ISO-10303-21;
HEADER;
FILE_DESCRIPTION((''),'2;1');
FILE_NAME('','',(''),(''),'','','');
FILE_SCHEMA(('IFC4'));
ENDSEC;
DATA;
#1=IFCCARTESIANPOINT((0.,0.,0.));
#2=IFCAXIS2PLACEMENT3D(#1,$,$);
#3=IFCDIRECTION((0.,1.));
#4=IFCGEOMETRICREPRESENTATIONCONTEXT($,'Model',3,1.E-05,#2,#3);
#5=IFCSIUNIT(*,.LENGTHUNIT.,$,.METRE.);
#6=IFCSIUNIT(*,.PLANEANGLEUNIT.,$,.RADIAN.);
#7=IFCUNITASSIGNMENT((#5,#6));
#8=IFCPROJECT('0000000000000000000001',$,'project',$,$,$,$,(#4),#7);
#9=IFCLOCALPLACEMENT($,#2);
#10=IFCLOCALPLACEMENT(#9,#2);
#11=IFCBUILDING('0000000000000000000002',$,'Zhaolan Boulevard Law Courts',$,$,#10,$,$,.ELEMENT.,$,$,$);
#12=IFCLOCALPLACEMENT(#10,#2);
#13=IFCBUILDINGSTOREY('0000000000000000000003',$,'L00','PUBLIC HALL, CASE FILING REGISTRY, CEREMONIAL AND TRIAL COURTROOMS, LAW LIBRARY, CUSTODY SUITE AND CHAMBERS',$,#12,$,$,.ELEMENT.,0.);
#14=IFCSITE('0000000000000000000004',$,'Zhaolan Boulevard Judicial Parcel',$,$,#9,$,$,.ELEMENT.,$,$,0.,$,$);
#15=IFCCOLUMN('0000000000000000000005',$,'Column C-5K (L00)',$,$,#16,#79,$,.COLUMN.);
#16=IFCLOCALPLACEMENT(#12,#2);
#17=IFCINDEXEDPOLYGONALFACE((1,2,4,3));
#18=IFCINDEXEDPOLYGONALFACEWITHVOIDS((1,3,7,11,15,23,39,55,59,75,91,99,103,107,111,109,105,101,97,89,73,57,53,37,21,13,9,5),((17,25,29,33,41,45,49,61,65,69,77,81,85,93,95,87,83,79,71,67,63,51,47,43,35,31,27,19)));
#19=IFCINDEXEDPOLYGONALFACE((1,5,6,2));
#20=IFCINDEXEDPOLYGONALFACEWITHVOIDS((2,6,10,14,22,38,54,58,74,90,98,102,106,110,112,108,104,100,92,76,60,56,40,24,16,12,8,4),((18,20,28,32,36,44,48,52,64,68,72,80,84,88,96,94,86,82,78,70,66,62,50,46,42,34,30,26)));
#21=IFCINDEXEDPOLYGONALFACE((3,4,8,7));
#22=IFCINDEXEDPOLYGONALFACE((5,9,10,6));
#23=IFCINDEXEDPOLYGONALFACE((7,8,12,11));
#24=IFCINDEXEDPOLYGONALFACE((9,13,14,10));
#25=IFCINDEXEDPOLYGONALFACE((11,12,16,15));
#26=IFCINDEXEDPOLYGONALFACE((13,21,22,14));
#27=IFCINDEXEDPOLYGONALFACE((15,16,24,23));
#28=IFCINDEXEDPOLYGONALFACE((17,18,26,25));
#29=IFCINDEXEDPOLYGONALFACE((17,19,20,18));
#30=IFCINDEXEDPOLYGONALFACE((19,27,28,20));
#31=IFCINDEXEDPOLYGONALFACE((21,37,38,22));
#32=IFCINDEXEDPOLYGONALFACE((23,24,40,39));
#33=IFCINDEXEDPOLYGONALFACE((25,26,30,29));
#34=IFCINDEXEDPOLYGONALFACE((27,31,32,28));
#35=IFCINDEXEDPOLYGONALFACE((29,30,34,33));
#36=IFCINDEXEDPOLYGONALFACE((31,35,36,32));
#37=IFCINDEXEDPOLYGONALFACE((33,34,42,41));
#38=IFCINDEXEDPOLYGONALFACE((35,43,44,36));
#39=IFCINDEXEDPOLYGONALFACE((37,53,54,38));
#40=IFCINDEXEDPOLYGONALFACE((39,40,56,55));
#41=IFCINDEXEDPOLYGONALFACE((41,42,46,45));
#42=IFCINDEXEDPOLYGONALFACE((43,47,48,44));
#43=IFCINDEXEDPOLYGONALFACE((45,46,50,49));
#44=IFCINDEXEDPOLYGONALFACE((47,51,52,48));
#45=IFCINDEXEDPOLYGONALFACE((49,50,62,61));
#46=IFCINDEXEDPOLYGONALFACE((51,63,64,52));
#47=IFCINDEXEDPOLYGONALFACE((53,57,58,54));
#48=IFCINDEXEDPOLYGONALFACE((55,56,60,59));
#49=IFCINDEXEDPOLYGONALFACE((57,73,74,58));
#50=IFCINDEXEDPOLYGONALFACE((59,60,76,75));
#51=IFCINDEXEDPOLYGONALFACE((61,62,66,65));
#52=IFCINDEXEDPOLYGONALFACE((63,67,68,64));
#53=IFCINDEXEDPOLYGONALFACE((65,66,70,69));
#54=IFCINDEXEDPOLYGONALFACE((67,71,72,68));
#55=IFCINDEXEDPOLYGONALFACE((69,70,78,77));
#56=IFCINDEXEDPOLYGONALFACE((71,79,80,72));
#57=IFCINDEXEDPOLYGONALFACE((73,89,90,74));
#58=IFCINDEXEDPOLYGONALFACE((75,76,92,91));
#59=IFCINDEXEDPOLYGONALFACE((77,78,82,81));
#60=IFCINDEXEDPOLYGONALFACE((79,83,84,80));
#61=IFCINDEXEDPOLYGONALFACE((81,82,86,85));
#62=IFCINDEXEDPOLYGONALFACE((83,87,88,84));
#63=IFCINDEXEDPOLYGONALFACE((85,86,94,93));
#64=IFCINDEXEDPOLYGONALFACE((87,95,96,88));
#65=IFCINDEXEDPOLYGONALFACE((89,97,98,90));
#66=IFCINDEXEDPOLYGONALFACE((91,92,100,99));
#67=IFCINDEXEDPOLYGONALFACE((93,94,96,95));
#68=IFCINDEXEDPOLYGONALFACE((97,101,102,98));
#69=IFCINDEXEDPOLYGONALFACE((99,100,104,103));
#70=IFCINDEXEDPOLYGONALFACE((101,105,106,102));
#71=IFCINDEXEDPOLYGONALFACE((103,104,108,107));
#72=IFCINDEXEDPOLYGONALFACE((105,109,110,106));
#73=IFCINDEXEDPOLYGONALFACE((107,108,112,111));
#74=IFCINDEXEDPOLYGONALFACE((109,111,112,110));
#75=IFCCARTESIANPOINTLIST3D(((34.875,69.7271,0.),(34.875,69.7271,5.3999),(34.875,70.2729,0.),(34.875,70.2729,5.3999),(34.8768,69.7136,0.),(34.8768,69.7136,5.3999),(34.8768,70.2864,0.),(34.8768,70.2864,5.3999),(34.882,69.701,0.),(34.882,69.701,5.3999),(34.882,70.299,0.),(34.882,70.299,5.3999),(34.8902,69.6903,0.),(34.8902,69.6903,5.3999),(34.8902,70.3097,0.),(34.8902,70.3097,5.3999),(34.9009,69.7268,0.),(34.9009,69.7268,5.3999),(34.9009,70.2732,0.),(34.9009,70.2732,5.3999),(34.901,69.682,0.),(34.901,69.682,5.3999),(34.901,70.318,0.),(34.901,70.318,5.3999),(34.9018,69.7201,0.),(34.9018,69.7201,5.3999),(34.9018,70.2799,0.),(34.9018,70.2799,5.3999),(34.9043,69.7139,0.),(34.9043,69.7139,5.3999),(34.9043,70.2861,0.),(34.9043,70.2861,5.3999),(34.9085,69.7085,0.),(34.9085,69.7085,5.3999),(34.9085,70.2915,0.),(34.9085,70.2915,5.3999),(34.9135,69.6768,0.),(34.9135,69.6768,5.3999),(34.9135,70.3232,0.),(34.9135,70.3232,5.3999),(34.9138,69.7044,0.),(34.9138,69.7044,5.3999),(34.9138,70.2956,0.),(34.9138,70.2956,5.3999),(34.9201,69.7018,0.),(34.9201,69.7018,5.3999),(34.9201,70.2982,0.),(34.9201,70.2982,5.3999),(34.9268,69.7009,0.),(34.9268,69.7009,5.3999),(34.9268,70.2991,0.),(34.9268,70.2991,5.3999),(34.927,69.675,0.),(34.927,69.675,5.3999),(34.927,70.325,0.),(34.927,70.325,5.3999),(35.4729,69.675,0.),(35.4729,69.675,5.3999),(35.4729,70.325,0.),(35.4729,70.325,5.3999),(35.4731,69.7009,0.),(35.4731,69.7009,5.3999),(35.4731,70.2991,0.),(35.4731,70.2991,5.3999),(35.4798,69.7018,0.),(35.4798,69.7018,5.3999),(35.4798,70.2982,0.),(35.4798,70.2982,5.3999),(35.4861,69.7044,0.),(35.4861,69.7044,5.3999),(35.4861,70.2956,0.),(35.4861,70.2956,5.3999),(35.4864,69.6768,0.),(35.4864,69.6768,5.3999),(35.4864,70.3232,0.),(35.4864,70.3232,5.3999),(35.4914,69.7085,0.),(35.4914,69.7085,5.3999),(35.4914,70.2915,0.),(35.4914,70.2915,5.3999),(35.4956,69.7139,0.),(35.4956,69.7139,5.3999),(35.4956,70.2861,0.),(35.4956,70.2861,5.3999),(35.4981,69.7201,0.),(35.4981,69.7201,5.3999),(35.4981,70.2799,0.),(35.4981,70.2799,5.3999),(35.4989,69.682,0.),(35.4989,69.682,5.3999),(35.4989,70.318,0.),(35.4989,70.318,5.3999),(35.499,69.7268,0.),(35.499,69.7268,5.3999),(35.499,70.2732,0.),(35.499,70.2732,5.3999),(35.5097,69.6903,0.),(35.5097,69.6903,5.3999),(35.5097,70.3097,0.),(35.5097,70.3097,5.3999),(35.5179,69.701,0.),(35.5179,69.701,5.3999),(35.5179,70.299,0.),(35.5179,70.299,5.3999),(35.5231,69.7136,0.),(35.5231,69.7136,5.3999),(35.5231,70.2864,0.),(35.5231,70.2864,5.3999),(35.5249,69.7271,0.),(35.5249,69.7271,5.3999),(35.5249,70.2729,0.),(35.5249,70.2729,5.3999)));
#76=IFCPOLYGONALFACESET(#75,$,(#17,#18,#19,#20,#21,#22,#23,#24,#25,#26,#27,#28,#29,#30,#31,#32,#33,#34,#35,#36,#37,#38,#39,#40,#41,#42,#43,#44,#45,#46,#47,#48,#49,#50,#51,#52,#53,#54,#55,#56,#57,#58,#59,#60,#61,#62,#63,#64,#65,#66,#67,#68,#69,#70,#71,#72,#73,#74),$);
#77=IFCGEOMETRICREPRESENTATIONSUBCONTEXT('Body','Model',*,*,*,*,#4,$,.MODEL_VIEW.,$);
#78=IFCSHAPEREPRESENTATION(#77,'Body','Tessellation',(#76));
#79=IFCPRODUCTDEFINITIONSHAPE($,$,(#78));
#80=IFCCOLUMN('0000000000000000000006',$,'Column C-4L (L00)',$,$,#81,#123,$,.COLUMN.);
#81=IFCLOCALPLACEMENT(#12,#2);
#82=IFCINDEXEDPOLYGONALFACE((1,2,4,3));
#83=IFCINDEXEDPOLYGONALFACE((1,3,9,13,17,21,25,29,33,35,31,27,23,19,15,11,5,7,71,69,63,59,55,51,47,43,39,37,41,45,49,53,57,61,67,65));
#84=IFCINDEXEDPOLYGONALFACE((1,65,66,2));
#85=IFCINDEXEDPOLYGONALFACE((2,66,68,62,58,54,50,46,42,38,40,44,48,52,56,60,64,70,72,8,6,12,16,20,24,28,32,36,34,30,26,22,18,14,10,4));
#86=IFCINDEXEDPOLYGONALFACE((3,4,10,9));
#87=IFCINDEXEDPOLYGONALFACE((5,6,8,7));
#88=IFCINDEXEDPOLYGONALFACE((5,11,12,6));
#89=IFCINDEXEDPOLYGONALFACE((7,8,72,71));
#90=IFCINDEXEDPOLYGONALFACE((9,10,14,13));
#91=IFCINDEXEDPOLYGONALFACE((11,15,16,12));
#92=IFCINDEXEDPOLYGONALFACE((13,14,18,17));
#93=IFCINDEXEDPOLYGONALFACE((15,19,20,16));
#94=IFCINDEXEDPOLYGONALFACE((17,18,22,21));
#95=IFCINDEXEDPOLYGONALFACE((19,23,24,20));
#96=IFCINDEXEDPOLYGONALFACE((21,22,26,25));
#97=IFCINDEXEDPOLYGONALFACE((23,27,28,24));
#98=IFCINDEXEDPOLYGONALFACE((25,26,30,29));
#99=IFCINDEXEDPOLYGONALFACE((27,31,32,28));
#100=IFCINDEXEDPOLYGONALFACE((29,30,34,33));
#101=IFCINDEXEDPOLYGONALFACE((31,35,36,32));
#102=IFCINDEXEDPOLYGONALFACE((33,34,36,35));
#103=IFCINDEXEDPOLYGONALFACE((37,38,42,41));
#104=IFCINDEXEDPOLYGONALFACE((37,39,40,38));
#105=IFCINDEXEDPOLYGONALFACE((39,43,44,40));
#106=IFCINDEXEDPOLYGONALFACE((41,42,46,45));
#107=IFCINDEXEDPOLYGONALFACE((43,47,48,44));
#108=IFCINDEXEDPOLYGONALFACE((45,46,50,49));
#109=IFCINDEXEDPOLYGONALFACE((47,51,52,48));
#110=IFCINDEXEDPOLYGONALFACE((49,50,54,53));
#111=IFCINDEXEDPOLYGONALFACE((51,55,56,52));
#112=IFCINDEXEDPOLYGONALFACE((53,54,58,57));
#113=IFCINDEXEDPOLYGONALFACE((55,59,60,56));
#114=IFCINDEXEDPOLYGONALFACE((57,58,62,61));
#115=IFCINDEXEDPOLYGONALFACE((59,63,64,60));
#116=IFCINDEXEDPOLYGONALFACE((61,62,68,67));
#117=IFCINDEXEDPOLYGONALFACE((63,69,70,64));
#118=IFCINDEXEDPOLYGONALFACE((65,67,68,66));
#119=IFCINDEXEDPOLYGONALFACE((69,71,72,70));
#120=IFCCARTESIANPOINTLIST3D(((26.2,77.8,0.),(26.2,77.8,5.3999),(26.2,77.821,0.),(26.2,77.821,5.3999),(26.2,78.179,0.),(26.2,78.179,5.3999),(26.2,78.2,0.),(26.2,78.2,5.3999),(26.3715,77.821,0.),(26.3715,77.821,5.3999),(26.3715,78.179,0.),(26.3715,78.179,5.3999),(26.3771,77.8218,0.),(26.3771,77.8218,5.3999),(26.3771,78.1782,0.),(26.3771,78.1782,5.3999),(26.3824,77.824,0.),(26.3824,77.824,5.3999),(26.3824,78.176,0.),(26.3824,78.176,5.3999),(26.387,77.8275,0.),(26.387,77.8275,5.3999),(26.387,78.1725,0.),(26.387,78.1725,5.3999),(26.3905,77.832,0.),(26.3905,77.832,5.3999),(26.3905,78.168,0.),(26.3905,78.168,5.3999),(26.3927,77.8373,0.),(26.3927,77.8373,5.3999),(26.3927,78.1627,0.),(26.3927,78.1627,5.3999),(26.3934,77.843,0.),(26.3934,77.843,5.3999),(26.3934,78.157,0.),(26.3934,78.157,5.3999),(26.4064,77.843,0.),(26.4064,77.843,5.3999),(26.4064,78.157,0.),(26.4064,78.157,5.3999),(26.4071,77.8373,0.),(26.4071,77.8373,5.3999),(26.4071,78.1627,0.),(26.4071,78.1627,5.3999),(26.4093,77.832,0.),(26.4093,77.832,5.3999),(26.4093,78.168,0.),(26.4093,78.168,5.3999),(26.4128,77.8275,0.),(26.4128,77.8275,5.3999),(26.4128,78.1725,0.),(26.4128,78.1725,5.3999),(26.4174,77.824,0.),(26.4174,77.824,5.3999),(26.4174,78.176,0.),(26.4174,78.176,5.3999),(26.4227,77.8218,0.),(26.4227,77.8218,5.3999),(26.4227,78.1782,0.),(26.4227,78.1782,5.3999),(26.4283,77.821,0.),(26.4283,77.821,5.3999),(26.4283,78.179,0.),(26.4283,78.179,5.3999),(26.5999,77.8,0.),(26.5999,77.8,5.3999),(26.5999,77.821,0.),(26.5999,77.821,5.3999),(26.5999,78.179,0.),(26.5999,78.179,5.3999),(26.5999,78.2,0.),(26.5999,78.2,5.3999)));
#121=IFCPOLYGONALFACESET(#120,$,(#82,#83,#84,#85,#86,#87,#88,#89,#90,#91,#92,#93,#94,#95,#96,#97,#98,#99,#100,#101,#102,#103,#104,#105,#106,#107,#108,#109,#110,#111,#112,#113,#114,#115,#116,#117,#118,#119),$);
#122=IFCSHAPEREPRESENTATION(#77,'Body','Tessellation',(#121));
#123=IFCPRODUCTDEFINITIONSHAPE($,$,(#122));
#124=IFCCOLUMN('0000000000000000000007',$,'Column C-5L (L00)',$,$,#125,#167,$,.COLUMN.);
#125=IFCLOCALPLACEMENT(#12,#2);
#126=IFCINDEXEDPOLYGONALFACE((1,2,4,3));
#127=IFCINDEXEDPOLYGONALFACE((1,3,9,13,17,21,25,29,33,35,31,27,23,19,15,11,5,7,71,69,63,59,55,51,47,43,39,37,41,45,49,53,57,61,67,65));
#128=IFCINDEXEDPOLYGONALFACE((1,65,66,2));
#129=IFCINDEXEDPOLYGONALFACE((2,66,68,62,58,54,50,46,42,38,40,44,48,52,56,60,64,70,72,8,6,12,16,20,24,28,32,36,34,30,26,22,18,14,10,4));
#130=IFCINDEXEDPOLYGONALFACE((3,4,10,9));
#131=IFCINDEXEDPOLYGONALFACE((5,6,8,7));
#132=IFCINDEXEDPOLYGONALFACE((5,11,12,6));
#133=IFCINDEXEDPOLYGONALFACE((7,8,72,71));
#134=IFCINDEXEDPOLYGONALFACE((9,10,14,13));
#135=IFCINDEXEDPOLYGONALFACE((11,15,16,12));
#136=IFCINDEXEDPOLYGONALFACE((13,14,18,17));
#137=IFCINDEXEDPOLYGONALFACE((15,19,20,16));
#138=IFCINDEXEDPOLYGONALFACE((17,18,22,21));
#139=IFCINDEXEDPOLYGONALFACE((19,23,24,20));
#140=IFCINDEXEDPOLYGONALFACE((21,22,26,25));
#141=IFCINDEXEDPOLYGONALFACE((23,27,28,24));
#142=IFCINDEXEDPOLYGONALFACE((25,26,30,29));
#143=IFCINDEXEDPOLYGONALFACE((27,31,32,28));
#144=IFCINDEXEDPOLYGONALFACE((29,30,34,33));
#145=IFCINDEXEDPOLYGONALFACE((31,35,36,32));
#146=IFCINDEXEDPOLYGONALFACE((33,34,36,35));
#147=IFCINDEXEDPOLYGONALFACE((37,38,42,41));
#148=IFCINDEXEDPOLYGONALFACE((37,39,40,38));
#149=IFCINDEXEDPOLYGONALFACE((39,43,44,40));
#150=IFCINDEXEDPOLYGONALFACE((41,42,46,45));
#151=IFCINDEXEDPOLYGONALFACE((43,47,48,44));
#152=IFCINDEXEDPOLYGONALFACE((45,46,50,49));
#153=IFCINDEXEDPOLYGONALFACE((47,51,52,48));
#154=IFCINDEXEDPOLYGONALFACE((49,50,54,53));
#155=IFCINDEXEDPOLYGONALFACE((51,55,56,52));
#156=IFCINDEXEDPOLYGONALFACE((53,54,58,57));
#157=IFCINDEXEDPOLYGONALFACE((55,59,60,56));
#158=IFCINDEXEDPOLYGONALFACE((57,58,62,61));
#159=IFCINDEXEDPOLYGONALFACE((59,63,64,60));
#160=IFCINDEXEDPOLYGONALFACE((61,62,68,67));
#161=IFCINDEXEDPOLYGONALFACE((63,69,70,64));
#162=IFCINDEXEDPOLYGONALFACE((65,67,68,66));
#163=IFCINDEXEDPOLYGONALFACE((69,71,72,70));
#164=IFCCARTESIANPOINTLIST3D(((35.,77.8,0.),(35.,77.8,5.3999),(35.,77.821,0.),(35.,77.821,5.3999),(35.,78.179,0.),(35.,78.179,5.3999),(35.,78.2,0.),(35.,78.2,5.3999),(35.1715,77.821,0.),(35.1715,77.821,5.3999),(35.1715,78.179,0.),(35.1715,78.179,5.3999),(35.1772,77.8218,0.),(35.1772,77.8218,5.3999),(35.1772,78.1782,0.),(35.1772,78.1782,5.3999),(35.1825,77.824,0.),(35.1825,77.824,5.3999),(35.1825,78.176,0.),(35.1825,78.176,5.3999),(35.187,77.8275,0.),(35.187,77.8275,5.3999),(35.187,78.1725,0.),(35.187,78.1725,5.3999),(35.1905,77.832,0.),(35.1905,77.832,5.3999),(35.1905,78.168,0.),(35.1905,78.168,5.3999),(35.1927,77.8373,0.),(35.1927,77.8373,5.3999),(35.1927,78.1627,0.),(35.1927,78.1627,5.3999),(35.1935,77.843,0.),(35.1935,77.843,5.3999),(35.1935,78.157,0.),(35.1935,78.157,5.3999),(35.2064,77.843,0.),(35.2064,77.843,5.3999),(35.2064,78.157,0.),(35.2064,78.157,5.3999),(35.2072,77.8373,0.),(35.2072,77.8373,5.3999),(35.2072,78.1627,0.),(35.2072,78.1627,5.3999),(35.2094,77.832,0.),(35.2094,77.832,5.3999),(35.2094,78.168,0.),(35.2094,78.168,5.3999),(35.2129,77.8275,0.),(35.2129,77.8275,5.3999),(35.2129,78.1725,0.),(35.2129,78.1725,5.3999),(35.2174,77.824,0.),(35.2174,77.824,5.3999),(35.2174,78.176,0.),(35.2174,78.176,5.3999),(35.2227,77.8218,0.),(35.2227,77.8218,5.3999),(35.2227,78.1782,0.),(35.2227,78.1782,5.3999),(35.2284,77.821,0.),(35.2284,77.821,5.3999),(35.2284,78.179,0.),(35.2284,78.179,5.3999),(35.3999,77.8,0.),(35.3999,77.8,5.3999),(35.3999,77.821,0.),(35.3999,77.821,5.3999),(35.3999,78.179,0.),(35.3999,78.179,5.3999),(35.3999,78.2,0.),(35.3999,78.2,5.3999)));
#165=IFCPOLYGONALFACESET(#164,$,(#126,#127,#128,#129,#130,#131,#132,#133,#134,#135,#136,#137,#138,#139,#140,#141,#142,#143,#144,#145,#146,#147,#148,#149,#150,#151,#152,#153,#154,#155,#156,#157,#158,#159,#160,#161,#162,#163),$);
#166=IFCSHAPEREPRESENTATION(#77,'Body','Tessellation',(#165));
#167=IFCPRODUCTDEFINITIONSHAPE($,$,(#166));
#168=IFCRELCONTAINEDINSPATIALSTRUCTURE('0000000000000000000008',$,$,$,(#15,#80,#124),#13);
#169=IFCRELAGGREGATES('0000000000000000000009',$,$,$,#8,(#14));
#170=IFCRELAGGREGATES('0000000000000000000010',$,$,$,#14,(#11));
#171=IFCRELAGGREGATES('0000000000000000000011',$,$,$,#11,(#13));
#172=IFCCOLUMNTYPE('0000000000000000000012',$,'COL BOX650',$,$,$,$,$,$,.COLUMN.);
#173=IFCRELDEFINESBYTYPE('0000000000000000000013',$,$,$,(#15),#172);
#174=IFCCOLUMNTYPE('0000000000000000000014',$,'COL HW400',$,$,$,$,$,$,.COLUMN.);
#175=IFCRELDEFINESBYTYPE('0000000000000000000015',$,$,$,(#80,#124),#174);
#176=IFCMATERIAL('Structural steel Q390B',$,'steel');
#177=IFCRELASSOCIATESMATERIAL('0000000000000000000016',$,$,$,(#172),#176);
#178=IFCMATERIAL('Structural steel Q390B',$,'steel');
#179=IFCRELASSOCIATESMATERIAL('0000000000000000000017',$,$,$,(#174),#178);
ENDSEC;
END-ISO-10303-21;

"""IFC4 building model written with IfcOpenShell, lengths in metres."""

from ifc_helpers import new_model, si_unit, direction, frame, origin, origin_2d, place, context, subcontext, project, spatial, hollow_rectangle, i_section, extrude, material, material_profile, profile_set, type_object, element, save


model = new_model("IFC4")

# Units and contexts
model_context = context("Model", 3, precision=1e-05, world=origin(), true_north=direction((0.0, 1.0)))
body_context = subcontext(model_context, "Body", "Model", "MODEL_VIEW")
ifc_project = project(units=[si_unit("LENGTHUNIT", "METRE"), si_unit("PLANEANGLEUNIT", "RADIAN")], contexts=[model_context])

# Site, building, storey
site_placement = place(None, origin())
site = spatial("IfcSite", under=ifc_project, at=site_placement, Name="Zhaolan Boulevard Judicial Parcel", CompositionType="ELEMENT", RefElevation=0.0)
building_placement = place(site_placement, origin())
building = spatial("IfcBuilding", under=site, at=building_placement, Name="Zhaolan Boulevard Law Courts", CompositionType="ELEMENT")
storey_placement = place(building_placement, origin())
storey = spatial("IfcBuildingStorey", under=building, at=storey_placement, Name="L00", Description="PUBLIC HALL, CASE FILING REGISTRY, CEREMONIAL AND TRIAL COURTROOMS, LAW LIBRARY, CUSTODY SUITE AND CHAMBERS", CompositionType="ELEMENT", Elevation=0.0)

# Columns
ifc_material_1 = material(Name="Structural steel Q390B", Category="steel")
ifc_material_profile_1 = material_profile(ifc_material_1, hollow_rectangle(XDim=0.6499, YDim=0.6499, WallThickness=0.0259, InnerFilletRadius=0.0259, OuterFilletRadius=0.052, at=origin_2d()), Name="BOX650x650x26")
ifc_profile_set_1 = profile_set([ifc_material_profile_1], Name="Structural steel Q390B")
column_type_1 = type_object("IfcColumnType", Name="COL BOX650", PredefinedType="COLUMN", material=ifc_profile_set_1)
column_placement = place(storey_placement, frame((35.2, 70.0, 0.0), z_axis=(0.0, 0.0, 1.0), x_axis=(1.0, 0.0, 0.0)))
element("IfcColumn", 1, at=column_placement, inside=storey, type_object=column_type_1, Name="Column C-5K (L00)", PredefinedType="COLUMN", context=body_context, shape_type="SweptSolid", body=[
    extrude(hollow_rectangle(XDim=0.6499, YDim=0.6499, WallThickness=0.0259, InnerFilletRadius=0.0259, OuterFilletRadius=0.052, at=origin_2d()), origin(), (0.0, 0.0, 1.0), 5.3999),
])
ifc_material_2 = material(Name="Structural steel Q390B", Category="steel")
ifc_material_profile_2 = material_profile(ifc_material_2, i_section(OverallWidth=0.3999, OverallDepth=0.3999, WebThickness=0.0129, FlangeThickness=0.021, FilletRadius=0.022, at=origin_2d()), Name="HW400x400")
ifc_profile_set_2 = profile_set([ifc_material_profile_2], Name="Structural steel Q390B")
column_type_2 = type_object("IfcColumnType", Name="COL HW400", PredefinedType="COLUMN", material=ifc_profile_set_2)
for number, where, z_axis, x_axis, name in (
    (2, (26.3999, 78.0, 0.0), (0.0, 0.0, 1.0), (1.0, 0.0, 0.0), "Column C-4L (L00)"),
    (3, (35.2, 78.0, 0.0), (0.0, 0.0, 1.0), (1.0, 0.0, 0.0), "Column C-5L (L00)"),
):
    element("IfcColumn", number, at=place(storey_placement, frame(where, z_axis=z_axis, x_axis=x_axis)), inside=storey, type_object=column_type_2, Name=name, PredefinedType="COLUMN", context=body_context, shape_type="SweptSolid", body=[
        extrude(i_section(OverallWidth=0.3999, OverallDepth=0.3999, WebThickness=0.0129, FlangeThickness=0.021, FilletRadius=0.022, at=origin_2d()), origin(), (0.0, 0.0, 1.0), 5.3999),
    ])

save(model, "model.ifc")
